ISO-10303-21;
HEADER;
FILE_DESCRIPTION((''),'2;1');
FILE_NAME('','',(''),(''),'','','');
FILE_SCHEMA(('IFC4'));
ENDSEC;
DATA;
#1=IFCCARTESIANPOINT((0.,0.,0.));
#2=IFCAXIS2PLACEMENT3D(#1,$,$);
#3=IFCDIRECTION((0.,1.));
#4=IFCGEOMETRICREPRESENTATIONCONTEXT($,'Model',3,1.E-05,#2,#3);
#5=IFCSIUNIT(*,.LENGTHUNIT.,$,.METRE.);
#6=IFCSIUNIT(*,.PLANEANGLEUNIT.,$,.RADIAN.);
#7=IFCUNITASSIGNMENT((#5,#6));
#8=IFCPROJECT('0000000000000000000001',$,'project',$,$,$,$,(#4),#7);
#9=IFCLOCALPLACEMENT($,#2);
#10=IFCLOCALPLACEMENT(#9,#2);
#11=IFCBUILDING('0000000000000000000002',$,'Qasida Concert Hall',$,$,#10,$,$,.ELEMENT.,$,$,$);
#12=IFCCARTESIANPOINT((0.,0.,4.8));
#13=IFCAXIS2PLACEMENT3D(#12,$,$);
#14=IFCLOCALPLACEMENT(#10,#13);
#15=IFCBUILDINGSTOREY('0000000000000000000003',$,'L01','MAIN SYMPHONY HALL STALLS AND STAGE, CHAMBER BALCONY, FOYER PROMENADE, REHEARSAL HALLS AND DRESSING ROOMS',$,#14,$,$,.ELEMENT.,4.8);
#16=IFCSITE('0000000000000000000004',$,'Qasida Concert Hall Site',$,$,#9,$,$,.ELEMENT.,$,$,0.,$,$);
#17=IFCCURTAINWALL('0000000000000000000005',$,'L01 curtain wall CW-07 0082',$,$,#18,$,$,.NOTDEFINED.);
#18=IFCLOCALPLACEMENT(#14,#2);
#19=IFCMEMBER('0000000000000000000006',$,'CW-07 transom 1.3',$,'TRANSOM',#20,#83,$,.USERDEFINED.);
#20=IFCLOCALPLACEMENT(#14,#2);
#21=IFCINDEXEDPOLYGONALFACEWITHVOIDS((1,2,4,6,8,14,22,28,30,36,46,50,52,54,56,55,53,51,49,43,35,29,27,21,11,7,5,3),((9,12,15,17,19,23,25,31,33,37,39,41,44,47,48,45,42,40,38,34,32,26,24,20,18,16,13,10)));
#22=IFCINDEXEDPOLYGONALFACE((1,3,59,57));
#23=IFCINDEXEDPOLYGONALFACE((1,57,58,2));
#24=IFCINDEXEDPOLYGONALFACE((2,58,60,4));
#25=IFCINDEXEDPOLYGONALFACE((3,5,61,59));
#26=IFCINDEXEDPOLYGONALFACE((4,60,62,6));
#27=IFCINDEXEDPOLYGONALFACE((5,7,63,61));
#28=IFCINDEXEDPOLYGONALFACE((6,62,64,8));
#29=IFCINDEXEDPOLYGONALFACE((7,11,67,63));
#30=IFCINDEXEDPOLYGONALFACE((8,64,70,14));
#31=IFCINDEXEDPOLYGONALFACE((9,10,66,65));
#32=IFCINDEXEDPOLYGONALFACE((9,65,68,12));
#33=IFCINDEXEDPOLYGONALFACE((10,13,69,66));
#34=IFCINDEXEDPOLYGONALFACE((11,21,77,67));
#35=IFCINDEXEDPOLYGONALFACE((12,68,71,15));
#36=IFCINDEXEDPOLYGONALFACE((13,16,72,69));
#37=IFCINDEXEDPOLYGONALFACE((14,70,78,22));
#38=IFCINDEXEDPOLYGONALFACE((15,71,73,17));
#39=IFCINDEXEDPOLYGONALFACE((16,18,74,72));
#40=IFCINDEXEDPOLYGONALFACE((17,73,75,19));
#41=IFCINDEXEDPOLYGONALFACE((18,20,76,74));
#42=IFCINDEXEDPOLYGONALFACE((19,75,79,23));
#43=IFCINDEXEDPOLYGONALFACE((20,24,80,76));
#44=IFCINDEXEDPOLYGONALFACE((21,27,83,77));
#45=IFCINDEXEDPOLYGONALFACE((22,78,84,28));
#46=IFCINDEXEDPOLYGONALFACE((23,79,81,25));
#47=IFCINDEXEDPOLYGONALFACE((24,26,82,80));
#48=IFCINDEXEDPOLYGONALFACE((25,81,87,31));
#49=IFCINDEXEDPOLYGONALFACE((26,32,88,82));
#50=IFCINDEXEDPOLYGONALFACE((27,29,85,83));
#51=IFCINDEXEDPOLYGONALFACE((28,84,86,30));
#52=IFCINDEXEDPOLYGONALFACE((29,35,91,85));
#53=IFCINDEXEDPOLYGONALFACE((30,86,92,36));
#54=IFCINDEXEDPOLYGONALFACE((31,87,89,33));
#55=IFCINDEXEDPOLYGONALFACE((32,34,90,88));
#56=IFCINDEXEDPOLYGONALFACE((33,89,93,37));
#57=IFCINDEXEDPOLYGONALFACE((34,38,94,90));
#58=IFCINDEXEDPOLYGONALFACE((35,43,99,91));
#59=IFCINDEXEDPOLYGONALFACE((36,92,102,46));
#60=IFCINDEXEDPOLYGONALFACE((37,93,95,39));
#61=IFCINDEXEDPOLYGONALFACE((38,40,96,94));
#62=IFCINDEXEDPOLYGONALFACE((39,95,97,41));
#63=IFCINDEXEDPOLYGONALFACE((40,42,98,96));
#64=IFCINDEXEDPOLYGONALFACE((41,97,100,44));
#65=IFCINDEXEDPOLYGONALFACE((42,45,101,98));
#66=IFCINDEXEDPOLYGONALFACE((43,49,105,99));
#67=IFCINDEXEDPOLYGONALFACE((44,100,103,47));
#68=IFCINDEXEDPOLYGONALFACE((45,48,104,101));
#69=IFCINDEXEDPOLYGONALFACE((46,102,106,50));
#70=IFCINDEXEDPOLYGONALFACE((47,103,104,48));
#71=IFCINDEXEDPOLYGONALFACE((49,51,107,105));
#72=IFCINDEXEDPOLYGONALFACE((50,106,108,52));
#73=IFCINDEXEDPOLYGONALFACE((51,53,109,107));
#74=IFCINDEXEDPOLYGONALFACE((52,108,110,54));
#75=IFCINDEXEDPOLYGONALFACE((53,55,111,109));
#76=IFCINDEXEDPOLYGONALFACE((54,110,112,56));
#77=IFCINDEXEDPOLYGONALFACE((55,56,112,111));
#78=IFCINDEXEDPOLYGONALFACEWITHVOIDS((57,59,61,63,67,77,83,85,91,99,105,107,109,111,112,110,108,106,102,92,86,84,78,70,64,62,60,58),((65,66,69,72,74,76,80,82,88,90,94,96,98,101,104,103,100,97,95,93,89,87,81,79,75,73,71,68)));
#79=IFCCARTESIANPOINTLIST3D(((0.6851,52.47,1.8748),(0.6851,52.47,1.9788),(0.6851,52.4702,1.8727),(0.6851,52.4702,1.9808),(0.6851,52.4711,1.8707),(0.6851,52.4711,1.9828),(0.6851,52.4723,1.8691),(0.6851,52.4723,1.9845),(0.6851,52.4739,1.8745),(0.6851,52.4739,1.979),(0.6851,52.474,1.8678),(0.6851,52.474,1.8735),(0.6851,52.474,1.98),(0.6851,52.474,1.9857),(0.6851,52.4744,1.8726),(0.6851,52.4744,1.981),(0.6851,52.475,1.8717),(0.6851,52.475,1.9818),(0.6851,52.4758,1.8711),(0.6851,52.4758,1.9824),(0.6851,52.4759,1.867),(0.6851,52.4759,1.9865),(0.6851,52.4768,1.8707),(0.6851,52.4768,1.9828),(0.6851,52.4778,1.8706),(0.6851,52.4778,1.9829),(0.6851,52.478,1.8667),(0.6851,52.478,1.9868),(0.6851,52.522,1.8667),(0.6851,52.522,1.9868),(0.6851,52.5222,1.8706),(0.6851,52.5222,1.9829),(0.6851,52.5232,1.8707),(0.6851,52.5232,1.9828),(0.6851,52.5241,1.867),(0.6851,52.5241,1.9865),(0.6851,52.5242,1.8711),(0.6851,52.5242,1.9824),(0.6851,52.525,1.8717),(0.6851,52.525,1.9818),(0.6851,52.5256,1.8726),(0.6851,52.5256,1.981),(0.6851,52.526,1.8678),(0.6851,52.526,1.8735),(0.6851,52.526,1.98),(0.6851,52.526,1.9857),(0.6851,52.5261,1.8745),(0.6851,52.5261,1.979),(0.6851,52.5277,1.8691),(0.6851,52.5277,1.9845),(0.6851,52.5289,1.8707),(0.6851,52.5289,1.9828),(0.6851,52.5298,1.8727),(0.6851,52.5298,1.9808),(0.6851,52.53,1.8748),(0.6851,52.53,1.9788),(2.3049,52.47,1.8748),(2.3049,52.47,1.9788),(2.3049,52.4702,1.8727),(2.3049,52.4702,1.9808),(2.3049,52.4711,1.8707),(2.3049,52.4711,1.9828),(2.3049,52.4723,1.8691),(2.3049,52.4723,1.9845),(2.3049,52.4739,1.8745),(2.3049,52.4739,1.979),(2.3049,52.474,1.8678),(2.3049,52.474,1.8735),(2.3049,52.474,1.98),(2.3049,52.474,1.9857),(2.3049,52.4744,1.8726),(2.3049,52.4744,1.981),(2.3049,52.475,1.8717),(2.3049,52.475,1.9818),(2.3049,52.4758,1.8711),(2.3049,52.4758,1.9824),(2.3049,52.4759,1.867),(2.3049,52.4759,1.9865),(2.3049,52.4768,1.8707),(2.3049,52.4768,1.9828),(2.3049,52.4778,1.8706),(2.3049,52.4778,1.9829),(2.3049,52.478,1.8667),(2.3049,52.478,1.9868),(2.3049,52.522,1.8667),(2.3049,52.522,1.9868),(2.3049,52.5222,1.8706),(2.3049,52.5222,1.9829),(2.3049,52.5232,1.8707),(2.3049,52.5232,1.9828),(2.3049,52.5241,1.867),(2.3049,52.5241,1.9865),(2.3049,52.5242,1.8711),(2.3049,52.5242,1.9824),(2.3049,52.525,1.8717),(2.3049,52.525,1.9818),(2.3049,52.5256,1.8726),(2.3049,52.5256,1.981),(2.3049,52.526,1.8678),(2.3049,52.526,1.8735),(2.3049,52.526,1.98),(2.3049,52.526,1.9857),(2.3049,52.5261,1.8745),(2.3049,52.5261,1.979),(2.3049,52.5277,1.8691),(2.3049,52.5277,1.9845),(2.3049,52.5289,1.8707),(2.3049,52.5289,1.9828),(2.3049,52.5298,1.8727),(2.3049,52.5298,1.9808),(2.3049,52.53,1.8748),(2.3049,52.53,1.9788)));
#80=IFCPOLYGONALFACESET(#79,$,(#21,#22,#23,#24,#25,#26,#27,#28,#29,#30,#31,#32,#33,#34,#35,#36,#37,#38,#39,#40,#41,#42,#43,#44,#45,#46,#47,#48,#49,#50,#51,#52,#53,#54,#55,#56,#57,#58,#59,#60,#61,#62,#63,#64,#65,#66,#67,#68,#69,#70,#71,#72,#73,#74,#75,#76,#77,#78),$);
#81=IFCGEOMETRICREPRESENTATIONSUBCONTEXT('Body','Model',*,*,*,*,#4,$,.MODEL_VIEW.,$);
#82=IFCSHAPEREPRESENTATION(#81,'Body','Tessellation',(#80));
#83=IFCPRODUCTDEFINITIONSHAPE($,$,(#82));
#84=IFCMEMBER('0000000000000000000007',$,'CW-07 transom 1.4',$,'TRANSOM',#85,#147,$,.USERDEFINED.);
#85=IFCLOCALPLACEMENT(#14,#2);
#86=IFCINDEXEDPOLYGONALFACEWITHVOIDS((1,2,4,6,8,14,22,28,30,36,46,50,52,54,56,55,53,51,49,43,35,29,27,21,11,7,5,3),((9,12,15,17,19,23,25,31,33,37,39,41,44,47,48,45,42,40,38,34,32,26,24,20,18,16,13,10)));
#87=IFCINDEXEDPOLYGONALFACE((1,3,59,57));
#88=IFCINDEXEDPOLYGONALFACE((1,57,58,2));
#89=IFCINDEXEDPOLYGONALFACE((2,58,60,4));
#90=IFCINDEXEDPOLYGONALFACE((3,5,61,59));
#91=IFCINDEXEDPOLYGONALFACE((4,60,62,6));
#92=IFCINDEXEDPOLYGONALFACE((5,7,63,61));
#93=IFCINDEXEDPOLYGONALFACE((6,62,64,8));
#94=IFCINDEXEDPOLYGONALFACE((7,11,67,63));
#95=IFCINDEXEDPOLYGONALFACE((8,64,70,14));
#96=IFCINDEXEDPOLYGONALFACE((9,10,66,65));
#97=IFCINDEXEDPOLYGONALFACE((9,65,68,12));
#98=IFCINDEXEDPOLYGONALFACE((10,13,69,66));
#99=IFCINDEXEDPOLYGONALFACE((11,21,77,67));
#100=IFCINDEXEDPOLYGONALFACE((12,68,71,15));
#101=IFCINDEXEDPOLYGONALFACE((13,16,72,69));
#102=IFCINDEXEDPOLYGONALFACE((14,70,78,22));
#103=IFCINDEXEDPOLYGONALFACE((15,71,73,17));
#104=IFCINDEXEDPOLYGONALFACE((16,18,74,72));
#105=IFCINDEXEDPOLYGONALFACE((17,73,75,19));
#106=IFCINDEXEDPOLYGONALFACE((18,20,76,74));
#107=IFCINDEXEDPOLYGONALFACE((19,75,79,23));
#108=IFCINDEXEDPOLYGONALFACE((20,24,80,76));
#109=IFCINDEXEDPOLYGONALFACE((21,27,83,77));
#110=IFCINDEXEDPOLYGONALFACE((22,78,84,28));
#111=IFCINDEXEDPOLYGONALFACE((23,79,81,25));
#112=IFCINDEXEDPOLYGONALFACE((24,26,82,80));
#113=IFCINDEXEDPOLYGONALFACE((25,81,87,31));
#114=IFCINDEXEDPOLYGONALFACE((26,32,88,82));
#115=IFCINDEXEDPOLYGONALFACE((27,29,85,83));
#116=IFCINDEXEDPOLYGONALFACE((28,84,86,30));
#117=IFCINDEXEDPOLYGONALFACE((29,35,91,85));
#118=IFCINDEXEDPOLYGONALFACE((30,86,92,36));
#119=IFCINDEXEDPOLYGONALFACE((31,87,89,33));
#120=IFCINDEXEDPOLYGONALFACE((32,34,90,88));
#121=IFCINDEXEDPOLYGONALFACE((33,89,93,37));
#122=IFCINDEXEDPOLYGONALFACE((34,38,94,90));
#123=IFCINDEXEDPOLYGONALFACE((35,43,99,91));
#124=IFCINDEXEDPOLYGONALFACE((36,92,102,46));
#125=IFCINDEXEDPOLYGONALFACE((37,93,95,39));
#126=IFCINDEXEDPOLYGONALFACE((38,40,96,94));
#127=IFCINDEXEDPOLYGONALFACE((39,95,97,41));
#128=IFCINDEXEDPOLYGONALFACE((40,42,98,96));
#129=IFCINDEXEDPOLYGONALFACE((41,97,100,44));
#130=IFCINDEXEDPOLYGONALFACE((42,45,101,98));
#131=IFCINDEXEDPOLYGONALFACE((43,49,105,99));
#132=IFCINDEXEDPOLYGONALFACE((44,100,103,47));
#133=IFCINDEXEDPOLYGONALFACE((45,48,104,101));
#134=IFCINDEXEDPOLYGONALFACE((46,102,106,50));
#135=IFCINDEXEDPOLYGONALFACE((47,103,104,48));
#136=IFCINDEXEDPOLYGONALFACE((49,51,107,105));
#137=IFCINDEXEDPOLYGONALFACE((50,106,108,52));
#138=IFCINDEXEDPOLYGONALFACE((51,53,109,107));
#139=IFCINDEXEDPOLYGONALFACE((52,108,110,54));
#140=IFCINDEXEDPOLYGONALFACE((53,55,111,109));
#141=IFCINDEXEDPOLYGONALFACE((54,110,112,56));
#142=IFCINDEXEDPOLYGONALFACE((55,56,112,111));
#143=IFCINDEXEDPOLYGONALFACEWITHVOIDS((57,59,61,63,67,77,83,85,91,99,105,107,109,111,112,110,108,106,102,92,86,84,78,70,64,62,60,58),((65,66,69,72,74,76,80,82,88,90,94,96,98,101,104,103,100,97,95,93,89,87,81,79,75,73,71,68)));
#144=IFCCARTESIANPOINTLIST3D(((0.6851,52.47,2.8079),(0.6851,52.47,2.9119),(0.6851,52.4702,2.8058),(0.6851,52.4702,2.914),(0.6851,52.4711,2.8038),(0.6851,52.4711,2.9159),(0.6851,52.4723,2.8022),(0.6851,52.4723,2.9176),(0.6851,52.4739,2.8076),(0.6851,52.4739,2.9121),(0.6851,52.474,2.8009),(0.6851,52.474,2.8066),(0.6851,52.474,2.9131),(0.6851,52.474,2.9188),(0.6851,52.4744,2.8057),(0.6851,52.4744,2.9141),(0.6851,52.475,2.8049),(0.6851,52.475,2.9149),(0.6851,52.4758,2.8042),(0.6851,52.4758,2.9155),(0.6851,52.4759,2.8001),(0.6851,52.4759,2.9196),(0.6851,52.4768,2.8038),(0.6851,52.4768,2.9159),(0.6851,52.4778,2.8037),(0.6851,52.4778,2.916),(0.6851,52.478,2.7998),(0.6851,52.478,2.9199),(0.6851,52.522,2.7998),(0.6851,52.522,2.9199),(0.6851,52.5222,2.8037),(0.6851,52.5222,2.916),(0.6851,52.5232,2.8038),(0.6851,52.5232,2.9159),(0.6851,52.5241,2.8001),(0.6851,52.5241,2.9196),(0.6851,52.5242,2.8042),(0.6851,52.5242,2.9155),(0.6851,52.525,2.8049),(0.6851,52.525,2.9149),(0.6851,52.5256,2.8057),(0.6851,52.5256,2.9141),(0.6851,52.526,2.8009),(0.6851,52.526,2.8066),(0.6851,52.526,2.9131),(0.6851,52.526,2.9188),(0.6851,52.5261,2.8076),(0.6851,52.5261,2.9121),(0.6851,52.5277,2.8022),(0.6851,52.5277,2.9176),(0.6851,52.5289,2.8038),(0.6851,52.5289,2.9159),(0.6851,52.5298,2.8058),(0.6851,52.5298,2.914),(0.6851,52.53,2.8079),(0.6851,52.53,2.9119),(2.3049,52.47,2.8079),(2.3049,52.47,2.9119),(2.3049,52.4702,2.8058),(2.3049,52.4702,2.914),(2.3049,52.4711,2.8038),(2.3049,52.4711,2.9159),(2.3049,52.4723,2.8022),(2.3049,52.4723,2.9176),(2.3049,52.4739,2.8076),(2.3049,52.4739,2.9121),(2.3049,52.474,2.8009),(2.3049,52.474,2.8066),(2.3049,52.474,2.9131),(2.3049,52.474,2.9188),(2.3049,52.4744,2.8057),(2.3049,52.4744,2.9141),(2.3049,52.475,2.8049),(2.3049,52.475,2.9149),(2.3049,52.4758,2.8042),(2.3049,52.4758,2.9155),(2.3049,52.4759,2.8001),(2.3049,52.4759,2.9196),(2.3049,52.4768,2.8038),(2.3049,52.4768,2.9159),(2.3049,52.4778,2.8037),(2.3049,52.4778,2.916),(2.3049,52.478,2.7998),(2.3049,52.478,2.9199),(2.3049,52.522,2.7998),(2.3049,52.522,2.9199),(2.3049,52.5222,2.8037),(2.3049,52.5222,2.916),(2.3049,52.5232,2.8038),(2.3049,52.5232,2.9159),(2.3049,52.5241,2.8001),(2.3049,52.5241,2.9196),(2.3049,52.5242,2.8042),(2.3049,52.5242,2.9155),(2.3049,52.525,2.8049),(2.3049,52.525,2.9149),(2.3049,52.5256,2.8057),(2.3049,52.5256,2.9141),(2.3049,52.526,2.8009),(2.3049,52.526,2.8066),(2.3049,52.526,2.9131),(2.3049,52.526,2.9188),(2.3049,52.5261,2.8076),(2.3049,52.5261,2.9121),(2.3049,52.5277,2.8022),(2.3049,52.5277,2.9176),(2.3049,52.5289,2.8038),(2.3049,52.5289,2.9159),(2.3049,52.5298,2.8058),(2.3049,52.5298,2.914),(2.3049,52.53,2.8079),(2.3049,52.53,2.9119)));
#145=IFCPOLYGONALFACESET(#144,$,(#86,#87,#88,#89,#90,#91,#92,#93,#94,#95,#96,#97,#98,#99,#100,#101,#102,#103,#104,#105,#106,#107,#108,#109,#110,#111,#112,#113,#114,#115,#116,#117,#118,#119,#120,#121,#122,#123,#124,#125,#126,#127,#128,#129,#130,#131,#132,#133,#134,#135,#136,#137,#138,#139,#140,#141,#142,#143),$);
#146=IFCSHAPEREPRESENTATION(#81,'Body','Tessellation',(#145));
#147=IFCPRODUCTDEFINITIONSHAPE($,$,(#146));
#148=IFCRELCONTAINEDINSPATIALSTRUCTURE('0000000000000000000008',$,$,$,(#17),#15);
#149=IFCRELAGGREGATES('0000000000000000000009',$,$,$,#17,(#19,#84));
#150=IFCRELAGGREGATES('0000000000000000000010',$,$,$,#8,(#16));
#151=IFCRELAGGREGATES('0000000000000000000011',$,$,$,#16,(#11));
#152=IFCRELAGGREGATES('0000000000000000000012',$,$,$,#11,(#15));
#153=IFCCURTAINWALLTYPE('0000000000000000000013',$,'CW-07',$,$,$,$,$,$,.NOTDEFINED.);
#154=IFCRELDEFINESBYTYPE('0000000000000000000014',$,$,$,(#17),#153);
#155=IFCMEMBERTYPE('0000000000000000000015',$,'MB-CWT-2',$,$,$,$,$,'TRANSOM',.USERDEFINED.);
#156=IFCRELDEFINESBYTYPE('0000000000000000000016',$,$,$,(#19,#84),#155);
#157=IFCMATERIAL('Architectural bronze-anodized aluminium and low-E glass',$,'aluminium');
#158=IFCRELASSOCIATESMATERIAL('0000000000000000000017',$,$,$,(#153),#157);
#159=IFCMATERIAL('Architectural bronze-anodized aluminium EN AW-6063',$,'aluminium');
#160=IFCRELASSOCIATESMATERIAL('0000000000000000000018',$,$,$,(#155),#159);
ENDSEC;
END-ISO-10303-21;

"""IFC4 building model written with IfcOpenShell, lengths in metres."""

from ifc_helpers import new_model, si_unit, direction, frame, origin, origin_2d, place, context, subcontext, project, spatial, hollow_rectangle, extrude, material, material_profile, profile_set, type_object, element, aggregate, save


model = new_model("IFC4")

# Units and contexts
model_context = context("Model", 3, precision=1e-05, world=origin(), true_north=direction((0.0, 1.0)))
body_context = subcontext(model_context, "Body", "Model", "MODEL_VIEW")
ifc_project = project(units=[si_unit("LENGTHUNIT", "METRE"), si_unit("PLANEANGLEUNIT", "RADIAN")], contexts=[model_context])

# Site, building, storey
site_placement = place(None, origin())
site = spatial("IfcSite", under=ifc_project, at=site_placement, Name="Qasida Concert Hall Site", CompositionType="ELEMENT", RefElevation=0.0)
building_placement = place(site_placement, origin())
building = spatial("IfcBuilding", under=site, at=building_placement, Name="Qasida Concert Hall", CompositionType="ELEMENT")
storey_placement = place(building_placement, frame((0.0, 0.0, 4.8)))
storey = spatial("IfcBuildingStorey", under=building, at=storey_placement, Name="L01", Description="MAIN SYMPHONY HALL STALLS AND STAGE, CHAMBER BALCONY, FOYER PROMENADE, REHEARSAL HALLS AND DRESSING ROOMS", CompositionType="ELEMENT", Elevation=4.8)

# Curtain wall, members
ifc_material_1 = material(Name="Architectural bronze-anodized aluminium and low-E glass", Category="aluminium")
curtain_wall_type = type_object("IfcCurtainWallType", Name="CW-07", PredefinedType="NOTDEFINED", material=ifc_material_1)
curtain_wall_placement = place(storey_placement, origin())
curtain_wall = element("IfcCurtainWall", 1, at=curtain_wall_placement, inside=storey, type_object=curtain_wall_type, Name="L01 curtain wall CW-07 0082", PredefinedType="NOTDEFINED")
ifc_material_2 = material(Name="Architectural bronze-anodized aluminium EN AW-6063", Category="aluminium")
ifc_material_profile_1 = material_profile(ifc_material_2, hollow_rectangle(XDim=0.0601, YDim=0.1201, WallThickness=0.0039, InnerFilletRadius=0.0039, OuterFilletRadius=0.0081, at=origin_2d()), Name="CWT 120x60x4")
ifc_profile_set_1 = profile_set([ifc_material_profile_1], Name="Architectural bronze-anodized aluminium EN AW-6063")
member_type_1 = type_object("IfcMemberType", Name="MB-CWT-2", ElementType="TRANSOM", PredefinedType="USERDEFINED", material=ifc_profile_set_1)
member_1_placement = place(storey_placement, frame((0.6851, 52.5, 1.9268), z_axis=(1.0, 0.0, 0.0), x_axis=(0.0, 1.0, 0.0)))
member_1 = element("IfcMember", 2, at=member_1_placement, type_object=member_type_1, Name="CW-07 transom 1.3", ObjectType="TRANSOM", PredefinedType="USERDEFINED", context=body_context, shape_type="SweptSolid", body=[
    extrude(hollow_rectangle(XDim=0.0601, YDim=0.1201, WallThickness=0.0039, InnerFilletRadius=0.0039, OuterFilletRadius=0.0081, at=origin_2d()), origin(), (0.0, 0.0, 1.0), 1.6199),
])
member_2_placement = place(storey_placement, frame((0.6851, 52.5, 2.8599), z_axis=(1.0, 0.0, 0.0), x_axis=(0.0, 1.0, 0.0)))
member_2 = element("IfcMember", 3, at=member_2_placement, type_object=member_type_1, Name="CW-07 transom 1.4", ObjectType="TRANSOM", PredefinedType="USERDEFINED", context=body_context, shape_type="SweptSolid", body=[
    extrude(hollow_rectangle(XDim=0.0601, YDim=0.1201, WallThickness=0.0039, InnerFilletRadius=0.0039, OuterFilletRadius=0.0081, at=origin_2d()), origin(), (0.0, 0.0, 1.0), 1.6199),
])
aggregate(curtain_wall, [member_1, member_2])

save(model, "model.ifc")
